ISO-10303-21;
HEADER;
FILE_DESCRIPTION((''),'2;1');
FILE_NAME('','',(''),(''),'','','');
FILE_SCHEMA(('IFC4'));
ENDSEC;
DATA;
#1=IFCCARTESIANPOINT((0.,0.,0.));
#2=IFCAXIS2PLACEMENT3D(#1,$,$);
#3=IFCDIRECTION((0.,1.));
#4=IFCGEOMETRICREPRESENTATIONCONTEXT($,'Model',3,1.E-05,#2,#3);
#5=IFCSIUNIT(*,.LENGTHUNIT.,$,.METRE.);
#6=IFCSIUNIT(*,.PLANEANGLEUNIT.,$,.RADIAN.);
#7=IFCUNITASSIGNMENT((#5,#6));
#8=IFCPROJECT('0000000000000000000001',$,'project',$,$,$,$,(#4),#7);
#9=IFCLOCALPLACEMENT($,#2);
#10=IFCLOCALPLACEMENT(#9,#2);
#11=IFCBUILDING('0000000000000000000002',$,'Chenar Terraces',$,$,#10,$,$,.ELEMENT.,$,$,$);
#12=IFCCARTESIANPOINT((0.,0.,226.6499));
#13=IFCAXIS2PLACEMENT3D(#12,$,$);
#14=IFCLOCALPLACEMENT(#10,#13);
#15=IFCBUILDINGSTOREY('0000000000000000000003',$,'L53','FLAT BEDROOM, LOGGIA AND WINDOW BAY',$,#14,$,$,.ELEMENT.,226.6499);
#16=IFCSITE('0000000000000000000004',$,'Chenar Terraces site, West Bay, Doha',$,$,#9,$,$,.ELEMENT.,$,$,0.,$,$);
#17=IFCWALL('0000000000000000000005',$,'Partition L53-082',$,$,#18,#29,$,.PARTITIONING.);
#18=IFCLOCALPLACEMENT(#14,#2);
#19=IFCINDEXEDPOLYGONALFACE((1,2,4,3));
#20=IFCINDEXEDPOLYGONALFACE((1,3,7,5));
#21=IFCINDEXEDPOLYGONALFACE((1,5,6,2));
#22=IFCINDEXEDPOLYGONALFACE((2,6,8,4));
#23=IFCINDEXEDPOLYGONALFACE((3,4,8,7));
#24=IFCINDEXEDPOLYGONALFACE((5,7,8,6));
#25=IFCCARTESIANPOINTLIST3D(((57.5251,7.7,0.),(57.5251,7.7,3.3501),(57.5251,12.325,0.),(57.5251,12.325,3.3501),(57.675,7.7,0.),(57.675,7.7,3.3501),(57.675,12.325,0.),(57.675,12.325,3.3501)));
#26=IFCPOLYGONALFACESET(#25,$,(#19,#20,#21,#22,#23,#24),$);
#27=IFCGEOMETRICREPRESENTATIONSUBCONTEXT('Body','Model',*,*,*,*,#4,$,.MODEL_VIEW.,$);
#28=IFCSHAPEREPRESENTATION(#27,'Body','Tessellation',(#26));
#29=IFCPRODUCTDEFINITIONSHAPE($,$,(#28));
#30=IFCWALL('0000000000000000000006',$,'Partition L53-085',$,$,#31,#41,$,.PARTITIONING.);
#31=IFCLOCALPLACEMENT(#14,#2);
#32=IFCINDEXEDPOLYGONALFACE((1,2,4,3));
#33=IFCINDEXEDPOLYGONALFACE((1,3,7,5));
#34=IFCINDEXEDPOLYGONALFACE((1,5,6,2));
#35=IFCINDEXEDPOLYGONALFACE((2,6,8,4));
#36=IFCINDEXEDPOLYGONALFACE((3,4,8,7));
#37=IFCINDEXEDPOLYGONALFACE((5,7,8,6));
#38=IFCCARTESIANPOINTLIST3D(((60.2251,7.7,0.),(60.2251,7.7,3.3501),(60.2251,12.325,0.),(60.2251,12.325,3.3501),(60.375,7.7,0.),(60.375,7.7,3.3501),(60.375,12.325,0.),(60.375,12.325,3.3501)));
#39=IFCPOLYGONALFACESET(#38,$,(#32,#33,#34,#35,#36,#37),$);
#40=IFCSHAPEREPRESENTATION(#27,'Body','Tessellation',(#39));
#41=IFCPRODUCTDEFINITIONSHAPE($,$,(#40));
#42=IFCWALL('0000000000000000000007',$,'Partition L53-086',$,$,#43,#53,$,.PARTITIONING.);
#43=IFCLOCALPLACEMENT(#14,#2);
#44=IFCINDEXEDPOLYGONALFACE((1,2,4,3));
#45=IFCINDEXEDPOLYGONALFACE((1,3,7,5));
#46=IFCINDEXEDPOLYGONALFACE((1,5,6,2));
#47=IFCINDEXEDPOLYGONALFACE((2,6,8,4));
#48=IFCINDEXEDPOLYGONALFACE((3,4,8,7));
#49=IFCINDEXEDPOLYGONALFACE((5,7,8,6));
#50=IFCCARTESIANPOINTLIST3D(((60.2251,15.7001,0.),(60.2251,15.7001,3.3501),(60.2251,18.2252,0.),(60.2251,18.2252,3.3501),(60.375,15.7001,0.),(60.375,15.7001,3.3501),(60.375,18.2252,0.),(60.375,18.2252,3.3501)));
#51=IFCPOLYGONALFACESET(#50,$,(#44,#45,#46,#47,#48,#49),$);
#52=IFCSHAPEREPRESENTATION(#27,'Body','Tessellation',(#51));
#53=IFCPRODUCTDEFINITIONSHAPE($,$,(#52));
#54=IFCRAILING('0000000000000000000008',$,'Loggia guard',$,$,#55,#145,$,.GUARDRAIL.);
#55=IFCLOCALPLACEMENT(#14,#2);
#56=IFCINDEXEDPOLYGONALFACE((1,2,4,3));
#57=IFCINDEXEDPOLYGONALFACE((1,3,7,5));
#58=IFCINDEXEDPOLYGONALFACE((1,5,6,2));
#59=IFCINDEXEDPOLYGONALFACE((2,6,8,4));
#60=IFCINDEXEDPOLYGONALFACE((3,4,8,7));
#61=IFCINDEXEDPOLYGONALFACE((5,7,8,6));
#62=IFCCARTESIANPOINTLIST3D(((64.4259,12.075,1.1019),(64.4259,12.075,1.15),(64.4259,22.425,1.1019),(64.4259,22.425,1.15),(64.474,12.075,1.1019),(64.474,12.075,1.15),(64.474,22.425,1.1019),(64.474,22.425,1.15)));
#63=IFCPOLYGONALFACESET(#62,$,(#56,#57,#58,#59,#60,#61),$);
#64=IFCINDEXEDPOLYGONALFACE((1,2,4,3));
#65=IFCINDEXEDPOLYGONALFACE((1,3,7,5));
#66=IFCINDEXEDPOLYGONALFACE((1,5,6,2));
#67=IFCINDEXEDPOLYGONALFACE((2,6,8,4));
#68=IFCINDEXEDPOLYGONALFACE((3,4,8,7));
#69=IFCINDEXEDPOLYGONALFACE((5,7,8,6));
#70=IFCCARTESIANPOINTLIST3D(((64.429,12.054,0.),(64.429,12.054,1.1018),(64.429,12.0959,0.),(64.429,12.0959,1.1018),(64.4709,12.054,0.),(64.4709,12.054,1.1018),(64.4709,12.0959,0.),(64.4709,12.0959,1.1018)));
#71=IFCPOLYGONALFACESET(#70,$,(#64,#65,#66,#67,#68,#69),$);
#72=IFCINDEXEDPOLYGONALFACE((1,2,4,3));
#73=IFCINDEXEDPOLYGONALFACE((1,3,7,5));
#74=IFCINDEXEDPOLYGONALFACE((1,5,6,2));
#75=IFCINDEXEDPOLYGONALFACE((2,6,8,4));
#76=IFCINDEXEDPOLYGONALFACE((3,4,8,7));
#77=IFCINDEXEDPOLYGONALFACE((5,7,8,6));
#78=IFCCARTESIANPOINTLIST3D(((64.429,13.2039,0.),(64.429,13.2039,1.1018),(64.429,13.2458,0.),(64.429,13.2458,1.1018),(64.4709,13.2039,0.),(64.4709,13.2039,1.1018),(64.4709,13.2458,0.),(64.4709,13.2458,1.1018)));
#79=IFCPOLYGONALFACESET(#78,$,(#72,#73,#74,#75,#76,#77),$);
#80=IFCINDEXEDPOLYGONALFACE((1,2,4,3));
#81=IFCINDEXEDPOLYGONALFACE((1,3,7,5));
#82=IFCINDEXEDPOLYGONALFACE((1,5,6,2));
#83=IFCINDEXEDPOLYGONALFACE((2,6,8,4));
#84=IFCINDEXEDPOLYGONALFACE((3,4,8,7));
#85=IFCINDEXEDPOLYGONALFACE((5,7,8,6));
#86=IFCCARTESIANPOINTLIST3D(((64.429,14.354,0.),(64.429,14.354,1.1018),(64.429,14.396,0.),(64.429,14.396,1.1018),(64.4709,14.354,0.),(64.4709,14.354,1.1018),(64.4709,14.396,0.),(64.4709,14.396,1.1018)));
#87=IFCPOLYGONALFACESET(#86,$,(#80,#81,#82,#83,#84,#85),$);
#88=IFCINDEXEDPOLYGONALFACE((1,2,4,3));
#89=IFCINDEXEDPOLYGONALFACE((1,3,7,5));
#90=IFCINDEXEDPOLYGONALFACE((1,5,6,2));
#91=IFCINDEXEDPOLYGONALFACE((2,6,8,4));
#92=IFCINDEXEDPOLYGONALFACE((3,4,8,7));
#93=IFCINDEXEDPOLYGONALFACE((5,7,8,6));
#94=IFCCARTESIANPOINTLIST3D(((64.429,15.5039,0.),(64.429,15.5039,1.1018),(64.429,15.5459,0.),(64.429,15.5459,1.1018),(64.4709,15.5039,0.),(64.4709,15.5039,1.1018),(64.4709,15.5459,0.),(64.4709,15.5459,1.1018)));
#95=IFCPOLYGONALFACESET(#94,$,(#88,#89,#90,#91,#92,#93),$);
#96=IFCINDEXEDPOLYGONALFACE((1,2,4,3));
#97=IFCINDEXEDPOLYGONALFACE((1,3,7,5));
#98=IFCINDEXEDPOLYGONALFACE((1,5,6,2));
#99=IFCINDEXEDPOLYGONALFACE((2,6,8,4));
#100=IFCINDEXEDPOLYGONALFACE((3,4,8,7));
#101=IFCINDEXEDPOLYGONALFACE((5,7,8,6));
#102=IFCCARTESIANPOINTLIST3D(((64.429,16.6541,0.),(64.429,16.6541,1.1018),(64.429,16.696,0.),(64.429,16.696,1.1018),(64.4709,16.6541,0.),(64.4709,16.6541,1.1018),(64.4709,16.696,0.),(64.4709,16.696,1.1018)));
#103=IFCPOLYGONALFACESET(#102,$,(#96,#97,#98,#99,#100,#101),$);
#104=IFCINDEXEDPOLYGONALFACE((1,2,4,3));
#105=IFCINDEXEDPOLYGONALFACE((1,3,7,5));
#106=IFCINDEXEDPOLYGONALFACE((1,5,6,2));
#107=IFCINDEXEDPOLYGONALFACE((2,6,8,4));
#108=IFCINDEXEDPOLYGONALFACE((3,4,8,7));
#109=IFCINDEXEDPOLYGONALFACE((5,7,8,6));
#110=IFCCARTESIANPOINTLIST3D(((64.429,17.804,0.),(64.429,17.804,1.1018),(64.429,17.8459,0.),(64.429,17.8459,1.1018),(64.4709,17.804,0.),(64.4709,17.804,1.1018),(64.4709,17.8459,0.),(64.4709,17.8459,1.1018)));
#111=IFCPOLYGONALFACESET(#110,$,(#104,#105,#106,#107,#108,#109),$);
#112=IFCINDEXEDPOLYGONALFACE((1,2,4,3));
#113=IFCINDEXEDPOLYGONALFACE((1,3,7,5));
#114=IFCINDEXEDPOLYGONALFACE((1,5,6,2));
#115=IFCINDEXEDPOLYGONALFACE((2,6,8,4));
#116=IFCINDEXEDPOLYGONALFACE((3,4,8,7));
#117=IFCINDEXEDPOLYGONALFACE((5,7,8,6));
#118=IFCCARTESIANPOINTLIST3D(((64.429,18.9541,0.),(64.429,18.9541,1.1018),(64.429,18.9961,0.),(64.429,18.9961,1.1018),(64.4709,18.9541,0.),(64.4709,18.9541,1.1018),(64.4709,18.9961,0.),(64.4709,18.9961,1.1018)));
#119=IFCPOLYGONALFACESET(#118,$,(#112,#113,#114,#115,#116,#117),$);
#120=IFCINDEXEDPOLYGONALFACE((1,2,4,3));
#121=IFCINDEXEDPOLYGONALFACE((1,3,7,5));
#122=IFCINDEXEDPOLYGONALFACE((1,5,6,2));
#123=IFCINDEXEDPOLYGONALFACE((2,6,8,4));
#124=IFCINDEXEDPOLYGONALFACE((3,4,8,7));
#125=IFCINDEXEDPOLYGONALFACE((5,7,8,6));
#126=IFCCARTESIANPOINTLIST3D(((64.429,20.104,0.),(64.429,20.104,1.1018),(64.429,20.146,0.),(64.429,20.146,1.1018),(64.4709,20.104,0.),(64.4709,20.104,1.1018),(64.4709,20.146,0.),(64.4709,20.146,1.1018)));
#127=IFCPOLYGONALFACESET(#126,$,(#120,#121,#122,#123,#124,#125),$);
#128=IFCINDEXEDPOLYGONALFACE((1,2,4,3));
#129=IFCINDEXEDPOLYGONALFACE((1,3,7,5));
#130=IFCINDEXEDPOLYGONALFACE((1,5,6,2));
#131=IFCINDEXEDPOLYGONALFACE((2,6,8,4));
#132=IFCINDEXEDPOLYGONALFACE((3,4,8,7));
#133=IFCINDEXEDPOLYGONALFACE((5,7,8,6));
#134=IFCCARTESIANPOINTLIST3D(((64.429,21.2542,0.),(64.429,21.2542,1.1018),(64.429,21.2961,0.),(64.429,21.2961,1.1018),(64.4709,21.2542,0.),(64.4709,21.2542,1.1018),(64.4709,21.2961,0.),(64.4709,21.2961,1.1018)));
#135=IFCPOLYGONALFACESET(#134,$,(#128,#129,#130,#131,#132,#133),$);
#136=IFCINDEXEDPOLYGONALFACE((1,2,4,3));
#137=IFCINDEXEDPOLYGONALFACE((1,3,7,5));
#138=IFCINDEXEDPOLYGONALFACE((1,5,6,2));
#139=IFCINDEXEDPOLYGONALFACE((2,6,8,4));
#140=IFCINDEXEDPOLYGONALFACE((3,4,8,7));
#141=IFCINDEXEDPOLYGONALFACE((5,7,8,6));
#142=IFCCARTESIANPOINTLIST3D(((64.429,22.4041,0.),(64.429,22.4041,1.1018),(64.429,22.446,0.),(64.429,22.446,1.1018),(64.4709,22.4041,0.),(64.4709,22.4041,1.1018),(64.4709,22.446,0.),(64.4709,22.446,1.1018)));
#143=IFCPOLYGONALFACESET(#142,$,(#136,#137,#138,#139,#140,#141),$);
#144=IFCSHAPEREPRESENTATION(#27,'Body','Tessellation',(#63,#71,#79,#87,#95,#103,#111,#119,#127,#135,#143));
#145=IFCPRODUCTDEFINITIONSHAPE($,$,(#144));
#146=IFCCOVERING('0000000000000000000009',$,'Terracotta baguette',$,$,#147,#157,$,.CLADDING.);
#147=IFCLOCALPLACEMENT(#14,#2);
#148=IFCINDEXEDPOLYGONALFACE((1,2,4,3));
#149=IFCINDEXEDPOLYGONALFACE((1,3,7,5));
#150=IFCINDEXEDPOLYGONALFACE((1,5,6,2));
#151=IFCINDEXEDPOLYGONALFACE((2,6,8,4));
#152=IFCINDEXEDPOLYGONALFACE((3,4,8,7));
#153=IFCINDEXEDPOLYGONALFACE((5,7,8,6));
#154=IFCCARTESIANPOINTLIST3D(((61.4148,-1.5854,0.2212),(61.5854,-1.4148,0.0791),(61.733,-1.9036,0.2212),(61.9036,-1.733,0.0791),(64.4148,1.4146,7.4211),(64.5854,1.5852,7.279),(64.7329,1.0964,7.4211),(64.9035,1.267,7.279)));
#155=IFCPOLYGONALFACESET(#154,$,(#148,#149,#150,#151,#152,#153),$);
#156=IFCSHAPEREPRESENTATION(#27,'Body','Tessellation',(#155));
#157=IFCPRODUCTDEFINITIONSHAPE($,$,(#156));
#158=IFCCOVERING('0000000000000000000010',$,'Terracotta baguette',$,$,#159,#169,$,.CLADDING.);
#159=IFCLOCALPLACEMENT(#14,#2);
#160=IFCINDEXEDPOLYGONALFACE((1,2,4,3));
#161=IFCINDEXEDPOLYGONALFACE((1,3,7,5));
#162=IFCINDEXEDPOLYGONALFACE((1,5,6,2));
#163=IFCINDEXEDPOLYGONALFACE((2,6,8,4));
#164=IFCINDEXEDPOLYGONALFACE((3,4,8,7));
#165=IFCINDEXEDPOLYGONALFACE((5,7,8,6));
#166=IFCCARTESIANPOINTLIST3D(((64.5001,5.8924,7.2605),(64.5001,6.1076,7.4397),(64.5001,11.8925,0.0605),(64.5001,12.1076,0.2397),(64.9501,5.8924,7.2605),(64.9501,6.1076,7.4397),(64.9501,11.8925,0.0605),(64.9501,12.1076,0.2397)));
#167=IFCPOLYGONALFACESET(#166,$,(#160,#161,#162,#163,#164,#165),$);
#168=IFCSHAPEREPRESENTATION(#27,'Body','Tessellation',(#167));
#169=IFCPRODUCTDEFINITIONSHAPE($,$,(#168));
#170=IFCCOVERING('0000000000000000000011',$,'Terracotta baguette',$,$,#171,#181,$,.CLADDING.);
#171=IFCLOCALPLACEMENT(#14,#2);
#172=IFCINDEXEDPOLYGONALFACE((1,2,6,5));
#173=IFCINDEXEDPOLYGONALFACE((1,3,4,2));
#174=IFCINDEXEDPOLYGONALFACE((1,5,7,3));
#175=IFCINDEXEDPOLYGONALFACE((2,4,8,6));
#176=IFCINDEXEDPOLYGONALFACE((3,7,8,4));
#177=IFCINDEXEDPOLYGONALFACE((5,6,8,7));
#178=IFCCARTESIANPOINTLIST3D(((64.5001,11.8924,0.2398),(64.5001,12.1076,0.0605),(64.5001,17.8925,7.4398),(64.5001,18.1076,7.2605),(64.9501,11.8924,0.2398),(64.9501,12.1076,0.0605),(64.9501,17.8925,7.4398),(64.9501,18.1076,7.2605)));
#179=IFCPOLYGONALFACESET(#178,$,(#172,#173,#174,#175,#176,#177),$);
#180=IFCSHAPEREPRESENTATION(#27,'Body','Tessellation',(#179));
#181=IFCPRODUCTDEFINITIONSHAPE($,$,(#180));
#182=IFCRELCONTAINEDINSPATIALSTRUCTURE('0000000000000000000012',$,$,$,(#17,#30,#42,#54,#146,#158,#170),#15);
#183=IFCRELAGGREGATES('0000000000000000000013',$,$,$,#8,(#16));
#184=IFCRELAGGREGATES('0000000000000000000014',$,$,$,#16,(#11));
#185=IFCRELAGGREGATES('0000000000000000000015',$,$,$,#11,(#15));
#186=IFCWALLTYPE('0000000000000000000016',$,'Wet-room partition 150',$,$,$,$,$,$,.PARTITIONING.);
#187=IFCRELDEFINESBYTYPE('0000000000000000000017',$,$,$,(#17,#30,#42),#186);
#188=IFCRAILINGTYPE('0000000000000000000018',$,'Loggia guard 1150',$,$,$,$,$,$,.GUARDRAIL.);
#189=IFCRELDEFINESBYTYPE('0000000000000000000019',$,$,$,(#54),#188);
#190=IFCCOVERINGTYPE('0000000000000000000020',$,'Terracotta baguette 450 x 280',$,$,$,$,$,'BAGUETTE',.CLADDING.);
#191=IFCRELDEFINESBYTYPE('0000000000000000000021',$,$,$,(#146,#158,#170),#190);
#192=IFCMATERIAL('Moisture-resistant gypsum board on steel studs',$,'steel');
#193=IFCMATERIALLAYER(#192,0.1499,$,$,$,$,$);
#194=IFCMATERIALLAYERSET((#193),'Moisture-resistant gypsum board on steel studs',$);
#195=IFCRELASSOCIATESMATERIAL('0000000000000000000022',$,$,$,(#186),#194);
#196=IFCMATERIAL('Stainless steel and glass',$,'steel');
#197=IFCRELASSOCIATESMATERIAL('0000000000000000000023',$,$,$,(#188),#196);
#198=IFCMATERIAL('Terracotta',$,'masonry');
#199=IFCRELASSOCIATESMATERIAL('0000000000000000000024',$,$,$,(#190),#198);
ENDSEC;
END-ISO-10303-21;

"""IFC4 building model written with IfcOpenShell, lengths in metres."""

from ifc_helpers import new_model, si_unit, direction, frame, frame_2d, origin, origin_2d, place, context, subcontext, project, spatial, rectangle, extrude, material, layer, layer_set, material_profile, profile_set, type_object, element, save


model = new_model("IFC4")

# Units and contexts
model_context = context("Model", 3, precision=1e-05, world=origin(), true_north=direction((0.0, 1.0)))
body_context = subcontext(model_context, "Body", "Model", "MODEL_VIEW")
ifc_project = project(units=[si_unit("LENGTHUNIT", "METRE"), si_unit("PLANEANGLEUNIT", "RADIAN")], contexts=[model_context])

# Site, building, storey
site_placement = place(None, origin())
site = spatial("IfcSite", under=ifc_project, at=site_placement, Name="Chenar Terraces site, West Bay, Doha", CompositionType="ELEMENT", RefElevation=0.0)
building_placement = place(site_placement, origin())
building = spatial("IfcBuilding", under=site, at=building_placement, Name="Chenar Terraces", CompositionType="ELEMENT")
storey_placement = place(building_placement, frame((0.0, 0.0, 226.6499)))
storey = spatial("IfcBuildingStorey", under=building, at=storey_placement, Name="L53", Description="FLAT BEDROOM, LOGGIA AND WINDOW BAY", CompositionType="ELEMENT", Elevation=226.6499)

# Shared definitions
ifc_material_1 = material(Name="Moisture-resistant gypsum board on steel studs", Category="steel")
ifc_layer_1 = layer(ifc_material_1, 0.1499)
ifc_layer_set_1 = layer_set([ifc_layer_1], Name="Moisture-resistant gypsum board on steel studs")
wall_type_1 = type_object("IfcWallType", Name="Wet-room partition 150", PredefinedType="PARTITIONING", material=ifc_layer_set_1)

# Walls
for number, where, z_axis, x_axis, name in (
    (1, (57.6001, 7.7, 0.0), (0.0, 0.0, 1.0), (0.0, 1.0, 0.0), "Partition L53-082"),
    (2, (60.3, 7.7, 0.0), (0.0, 0.0, 1.0), (0.0, 1.0, 0.0), "Partition L53-085"),
):
    element("IfcWall", number, at=place(storey_placement, frame(where, z_axis=z_axis, x_axis=x_axis)), inside=storey, type_object=wall_type_1, Name=name, PredefinedType="PARTITIONING", context=body_context, shape_type="SweptSolid", body=[
        extrude(rectangle(XDim=4.625, YDim=0.1499, at=frame_2d((2.3125, 0.0))), origin(), (0.0, 0.0, 1.0), 3.3501),
    ])
wall_1_placement = place(storey_placement, frame((60.3, 15.7, 0.0), z_axis=(0.0, 0.0, 1.0), x_axis=(0.0, 1.0, 0.0)))
element("IfcWall", 3, at=wall_1_placement, inside=storey, type_object=wall_type_1, Name="Partition L53-086", PredefinedType="PARTITIONING", context=body_context, shape_type="SweptSolid", body=[
    extrude(rectangle(XDim=2.5251, YDim=0.1499, at=frame_2d((1.2627, 0.0))), origin(), (0.0, 0.0, 1.0), 3.3501),
])

# Railing
ifc_material_2 = material(Name="Stainless steel and glass", Category="steel")
railing_type = type_object("IfcRailingType", Name="Loggia guard 1150", PredefinedType="GUARDRAIL", material=ifc_material_2)
railing_placement = place(storey_placement, frame((64.45, 12.075, 0.0)))
element("IfcRailing", 4, at=railing_placement, inside=storey, type_object=railing_type, Name="Loggia guard", PredefinedType="GUARDRAIL", context=body_context, shape_type="SweptSolid", body=[
    extrude(rectangle(XDim=0.0481, YDim=0.0481, at=origin_2d()), frame((0.0, 0.0, 1.126), z_axis=(0.0, 1.0, 0.0), x_axis=(-1.0, 0.0, 0.0)), (0.0, 0.0, 1.0), 10.3501),
    extrude(rectangle(XDim=0.042, YDim=0.042, at=origin_2d()), origin(), (0.0, 0.0, 1.0), 1.1018),
    extrude(rectangle(XDim=0.042, YDim=0.042, at=origin_2d()), frame((0.0, 1.1499, 0.0)), (0.0, 0.0, 1.0), 1.1018),
    extrude(rectangle(XDim=0.042, YDim=0.042, at=origin_2d()), frame((0.0, 2.3, 0.0)), (0.0, 0.0, 1.0), 1.1018),
    extrude(rectangle(XDim=0.042, YDim=0.042, at=origin_2d()), frame((0.0, 3.45, 0.0)), (0.0, 0.0, 1.0), 1.1018),
    extrude(rectangle(XDim=0.042, YDim=0.042, at=origin_2d()), frame((0.0, 4.6001, 0.0)), (0.0, 0.0, 1.0), 1.1018),
    extrude(rectangle(XDim=0.042, YDim=0.042, at=origin_2d()), frame((0.0, 5.75, 0.0)), (0.0, 0.0, 1.0), 1.1018),
    extrude(rectangle(XDim=0.042, YDim=0.042, at=origin_2d()), frame((0.0, 6.9001, 0.0)), (0.0, 0.0, 1.0), 1.1018),
    extrude(rectangle(XDim=0.042, YDim=0.042, at=origin_2d()), frame((0.0, 8.05, 0.0)), (0.0, 0.0, 1.0), 1.1018),
    extrude(rectangle(XDim=0.042, YDim=0.042, at=origin_2d()), frame((0.0, 9.2002, 0.0)), (0.0, 0.0, 1.0), 1.1018),
    extrude(rectangle(XDim=0.042, YDim=0.042, at=origin_2d()), frame((0.0, 10.3501, 0.0)), (0.0, 0.0, 1.0), 1.1018),
])

# Coverings
ifc_material_3 = material(Name="Terracotta", Category="masonry")
ifc_material_profile_1 = material_profile(ifc_material_3, rectangle(XDim=0.45, YDim=0.28, at=origin_2d()), Name="Terracotta baguette 450 x 280")
ifc_profile_set_1 = profile_set([ifc_material_profile_1], Name="Terracotta")
covering_type = type_object("IfcCoveringType", Name="Terracotta baguette 450 x 280", ElementType="BAGUETTE", PredefinedType="CLADDING", material=ifc_profile_set_1)
covering_placement = place(storey_placement, frame((61.6592, -1.6592, 0.1501), z_axis=(0.358981, 0.358981, 0.861548), x_axis=(-0.707107, 0.707107, 0.0)))
element("IfcCovering", 5, at=covering_placement, inside=storey, type_object=covering_type, Name="Terracotta baguette", PredefinedType="CLADDING", context=body_context, shape_type="SweptSolid", body=[
    extrude(rectangle(XDim=0.45, YDim=0.28, at=origin_2d()), origin(), (0.0, 0.0, 1.0), 8.3569),
])
for number, where, z_axis, x_axis, name in (
    (6, (64.7251, 6.0, 7.3501), (0.0, 0.640187, -0.768219), (-1.0, 0.0, 0.0), "Terracotta baguette"),
    (7, (64.7251, 12.0, 0.1501), (0.0, 0.640187, 0.768219), (-1.0, 0.0, 0.0), "Terracotta baguette"),
):
    element("IfcCovering", number, at=place(storey_placement, frame(where, z_axis=z_axis, x_axis=x_axis)), inside=storey, type_object=covering_type, Name=name, PredefinedType="CLADDING", context=body_context, shape_type="SweptSolid", body=[
        extrude(rectangle(XDim=0.45, YDim=0.28, at=origin_2d()), origin(), (0.0, 0.0, 1.0), 9.3723),
    ])

save(model, "model.ifc")
